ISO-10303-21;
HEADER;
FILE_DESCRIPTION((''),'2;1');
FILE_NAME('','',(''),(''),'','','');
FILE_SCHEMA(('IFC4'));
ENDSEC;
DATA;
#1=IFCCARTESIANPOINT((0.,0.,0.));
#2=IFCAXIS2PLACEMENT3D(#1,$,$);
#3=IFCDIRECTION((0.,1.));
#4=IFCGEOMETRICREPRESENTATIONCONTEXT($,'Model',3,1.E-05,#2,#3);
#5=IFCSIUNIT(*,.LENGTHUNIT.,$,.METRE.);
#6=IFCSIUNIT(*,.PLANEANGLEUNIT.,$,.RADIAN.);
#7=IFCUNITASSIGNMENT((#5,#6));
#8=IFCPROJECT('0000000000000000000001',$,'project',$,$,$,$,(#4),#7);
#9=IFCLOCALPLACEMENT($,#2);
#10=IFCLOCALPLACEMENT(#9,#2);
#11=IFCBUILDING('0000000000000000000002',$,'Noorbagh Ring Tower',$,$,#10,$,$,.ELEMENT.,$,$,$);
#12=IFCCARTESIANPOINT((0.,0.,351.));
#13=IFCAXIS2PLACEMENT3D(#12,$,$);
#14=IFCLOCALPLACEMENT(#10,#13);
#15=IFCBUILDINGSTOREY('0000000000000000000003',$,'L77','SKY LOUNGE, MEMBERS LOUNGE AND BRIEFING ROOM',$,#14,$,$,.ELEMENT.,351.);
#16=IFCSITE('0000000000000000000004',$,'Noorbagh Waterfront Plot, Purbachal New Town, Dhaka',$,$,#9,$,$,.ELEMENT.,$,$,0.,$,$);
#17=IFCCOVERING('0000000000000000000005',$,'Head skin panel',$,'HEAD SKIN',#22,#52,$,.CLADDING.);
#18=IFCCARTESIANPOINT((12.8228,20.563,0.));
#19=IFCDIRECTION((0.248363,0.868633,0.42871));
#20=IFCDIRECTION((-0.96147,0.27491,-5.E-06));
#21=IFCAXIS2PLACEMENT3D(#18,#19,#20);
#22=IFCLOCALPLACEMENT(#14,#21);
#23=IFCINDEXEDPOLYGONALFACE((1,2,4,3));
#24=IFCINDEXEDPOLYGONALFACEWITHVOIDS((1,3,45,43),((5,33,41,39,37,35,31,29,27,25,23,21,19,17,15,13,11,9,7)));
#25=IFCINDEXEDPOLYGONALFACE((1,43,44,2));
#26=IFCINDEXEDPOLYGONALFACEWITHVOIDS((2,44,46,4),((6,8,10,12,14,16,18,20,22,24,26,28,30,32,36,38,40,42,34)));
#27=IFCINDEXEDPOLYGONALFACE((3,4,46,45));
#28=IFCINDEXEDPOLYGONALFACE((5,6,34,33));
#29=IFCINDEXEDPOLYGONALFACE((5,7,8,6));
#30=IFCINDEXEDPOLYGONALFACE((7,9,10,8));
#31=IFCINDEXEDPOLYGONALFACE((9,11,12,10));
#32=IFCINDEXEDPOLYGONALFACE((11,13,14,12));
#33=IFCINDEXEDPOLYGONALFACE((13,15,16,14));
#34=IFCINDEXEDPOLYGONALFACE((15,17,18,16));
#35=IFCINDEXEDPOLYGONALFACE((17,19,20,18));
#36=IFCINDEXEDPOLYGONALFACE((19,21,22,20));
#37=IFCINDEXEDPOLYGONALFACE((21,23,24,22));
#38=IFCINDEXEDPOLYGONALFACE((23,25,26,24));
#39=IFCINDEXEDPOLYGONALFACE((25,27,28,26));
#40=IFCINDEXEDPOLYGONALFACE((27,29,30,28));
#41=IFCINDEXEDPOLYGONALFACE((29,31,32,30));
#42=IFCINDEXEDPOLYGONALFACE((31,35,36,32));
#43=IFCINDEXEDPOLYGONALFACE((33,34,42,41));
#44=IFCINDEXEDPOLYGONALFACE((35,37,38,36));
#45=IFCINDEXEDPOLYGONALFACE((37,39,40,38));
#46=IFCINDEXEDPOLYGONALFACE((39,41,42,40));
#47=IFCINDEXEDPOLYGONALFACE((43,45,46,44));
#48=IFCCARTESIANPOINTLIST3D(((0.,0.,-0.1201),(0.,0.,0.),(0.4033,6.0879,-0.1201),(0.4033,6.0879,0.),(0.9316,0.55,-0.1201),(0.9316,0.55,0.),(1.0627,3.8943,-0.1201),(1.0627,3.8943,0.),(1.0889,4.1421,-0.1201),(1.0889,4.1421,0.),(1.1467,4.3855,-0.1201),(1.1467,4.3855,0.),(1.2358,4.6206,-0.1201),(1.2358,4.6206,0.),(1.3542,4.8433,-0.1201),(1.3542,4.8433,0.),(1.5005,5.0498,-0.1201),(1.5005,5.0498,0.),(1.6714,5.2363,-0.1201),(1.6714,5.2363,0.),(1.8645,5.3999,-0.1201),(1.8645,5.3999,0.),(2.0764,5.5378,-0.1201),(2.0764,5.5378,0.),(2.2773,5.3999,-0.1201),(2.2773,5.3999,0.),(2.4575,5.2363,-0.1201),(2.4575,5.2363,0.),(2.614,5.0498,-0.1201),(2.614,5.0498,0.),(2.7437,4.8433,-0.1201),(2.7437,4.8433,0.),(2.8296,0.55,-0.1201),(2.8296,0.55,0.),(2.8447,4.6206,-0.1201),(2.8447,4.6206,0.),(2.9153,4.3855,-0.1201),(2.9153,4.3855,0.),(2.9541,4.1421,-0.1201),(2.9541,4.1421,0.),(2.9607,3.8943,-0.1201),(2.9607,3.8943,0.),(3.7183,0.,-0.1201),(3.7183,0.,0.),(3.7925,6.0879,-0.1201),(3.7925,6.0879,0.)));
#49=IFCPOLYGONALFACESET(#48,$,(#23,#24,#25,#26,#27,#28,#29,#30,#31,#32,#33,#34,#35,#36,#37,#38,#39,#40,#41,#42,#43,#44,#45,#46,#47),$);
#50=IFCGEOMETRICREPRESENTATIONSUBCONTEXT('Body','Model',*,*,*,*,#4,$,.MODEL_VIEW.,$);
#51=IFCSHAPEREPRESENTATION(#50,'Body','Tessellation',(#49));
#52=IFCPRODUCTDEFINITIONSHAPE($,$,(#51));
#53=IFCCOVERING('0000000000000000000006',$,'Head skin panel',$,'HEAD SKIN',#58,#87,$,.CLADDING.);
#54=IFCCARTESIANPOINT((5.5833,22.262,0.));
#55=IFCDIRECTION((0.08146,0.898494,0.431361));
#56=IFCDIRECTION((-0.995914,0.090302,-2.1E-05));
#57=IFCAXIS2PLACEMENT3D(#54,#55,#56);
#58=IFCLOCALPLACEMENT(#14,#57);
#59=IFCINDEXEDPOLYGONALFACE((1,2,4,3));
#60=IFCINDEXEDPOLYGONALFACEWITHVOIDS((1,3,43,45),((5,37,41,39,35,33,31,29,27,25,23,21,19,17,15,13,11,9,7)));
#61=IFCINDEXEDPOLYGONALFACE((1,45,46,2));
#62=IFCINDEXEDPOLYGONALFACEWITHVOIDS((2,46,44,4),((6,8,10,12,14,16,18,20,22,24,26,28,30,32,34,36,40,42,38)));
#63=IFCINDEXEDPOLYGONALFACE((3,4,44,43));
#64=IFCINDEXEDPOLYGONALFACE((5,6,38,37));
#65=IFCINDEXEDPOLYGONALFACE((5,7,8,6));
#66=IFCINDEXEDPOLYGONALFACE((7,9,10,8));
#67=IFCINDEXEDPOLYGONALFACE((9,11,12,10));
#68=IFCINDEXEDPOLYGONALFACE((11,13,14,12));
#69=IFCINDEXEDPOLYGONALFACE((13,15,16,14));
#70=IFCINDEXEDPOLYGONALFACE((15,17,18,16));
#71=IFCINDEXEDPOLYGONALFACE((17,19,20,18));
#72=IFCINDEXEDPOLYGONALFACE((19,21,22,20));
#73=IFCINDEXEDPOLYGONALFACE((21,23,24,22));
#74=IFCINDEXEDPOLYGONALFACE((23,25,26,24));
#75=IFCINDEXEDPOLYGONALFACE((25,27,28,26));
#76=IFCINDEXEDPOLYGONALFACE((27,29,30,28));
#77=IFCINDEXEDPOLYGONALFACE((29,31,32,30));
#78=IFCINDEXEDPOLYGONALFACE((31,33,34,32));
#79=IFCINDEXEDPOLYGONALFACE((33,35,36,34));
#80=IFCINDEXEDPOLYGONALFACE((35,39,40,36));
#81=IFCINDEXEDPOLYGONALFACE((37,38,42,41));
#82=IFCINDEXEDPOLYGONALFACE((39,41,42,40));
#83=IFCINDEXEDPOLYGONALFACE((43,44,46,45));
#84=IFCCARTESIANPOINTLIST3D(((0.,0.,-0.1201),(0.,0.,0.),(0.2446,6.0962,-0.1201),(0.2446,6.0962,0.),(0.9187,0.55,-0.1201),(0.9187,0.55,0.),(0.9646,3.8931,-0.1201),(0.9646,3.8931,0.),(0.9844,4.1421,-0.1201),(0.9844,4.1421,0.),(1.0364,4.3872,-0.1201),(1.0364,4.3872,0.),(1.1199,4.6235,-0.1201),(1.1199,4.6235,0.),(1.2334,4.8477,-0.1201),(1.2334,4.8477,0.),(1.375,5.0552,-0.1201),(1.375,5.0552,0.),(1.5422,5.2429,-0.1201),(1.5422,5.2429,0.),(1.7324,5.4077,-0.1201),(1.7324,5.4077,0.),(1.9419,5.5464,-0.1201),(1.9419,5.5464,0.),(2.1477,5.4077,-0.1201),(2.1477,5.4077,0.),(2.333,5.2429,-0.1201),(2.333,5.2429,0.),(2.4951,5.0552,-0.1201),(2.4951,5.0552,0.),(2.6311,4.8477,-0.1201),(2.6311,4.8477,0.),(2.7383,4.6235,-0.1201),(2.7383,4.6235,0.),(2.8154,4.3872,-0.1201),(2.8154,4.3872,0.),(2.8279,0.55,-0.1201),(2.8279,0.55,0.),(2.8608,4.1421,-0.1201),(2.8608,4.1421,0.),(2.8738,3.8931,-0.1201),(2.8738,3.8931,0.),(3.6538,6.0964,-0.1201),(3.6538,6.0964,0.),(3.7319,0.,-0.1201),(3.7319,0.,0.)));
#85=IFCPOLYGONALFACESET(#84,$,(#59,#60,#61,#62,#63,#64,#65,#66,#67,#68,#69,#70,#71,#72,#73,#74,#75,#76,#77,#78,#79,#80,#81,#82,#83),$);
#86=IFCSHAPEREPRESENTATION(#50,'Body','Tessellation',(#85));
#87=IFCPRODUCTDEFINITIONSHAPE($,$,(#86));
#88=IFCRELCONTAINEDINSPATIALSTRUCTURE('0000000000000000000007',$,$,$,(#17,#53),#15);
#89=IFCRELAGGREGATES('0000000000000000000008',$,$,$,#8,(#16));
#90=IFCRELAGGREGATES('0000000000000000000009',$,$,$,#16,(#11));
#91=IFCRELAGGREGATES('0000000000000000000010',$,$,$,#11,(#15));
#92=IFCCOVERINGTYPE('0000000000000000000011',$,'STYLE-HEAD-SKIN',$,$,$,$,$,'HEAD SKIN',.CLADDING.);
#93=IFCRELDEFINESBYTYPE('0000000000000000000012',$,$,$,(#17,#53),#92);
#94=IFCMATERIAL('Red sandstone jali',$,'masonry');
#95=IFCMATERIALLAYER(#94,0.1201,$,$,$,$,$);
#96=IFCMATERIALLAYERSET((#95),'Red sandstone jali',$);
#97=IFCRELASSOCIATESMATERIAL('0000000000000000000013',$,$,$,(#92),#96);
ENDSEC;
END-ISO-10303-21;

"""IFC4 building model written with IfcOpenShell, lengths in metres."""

from ifc_helpers import new_model, si_unit, direction, frame, origin, place, context, subcontext, project, spatial, polyline, outline, extrude, material, layer, layer_set, type_object, element, save


model = new_model("IFC4")

# Units and contexts
model_context = context("Model", 3, precision=1e-05, world=origin(), true_north=direction((0.0, 1.0)))
body_context = subcontext(model_context, "Body", "Model", "MODEL_VIEW")
ifc_project = project(units=[si_unit("LENGTHUNIT", "METRE"), si_unit("PLANEANGLEUNIT", "RADIAN")], contexts=[model_context])

# Site, building, storey
site_placement = place(None, origin())
site = spatial("IfcSite", under=ifc_project, at=site_placement, Name="Noorbagh Waterfront Plot, Purbachal New Town, Dhaka", CompositionType="ELEMENT", RefElevation=0.0)
building_placement = place(site_placement, origin())
building = spatial("IfcBuilding", under=site, at=building_placement, Name="Noorbagh Ring Tower", CompositionType="ELEMENT")
storey_placement = place(building_placement, frame((0.0, 0.0, 351.0)))
storey = spatial("IfcBuildingStorey", under=building, at=storey_placement, Name="L77", Description="SKY LOUNGE, MEMBERS LOUNGE AND BRIEFING ROOM", CompositionType="ELEMENT", Elevation=351.0)

# Coverings
ifc_material_1 = material(Name="Red sandstone jali", Category="masonry")
ifc_layer_1 = layer(ifc_material_1, 0.1201)
ifc_layer_set_1 = layer_set([ifc_layer_1], Name="Red sandstone jali")
covering_type_1 = type_object("IfcCoveringType", Name="STYLE-HEAD-SKIN", ElementType="HEAD SKIN", PredefinedType="CLADDING", material=ifc_layer_set_1)
covering_1_placement = place(storey_placement, frame((12.8228, 20.563, 0.0), z_axis=(0.248363, 0.868633, 0.42871), x_axis=(-0.96147, 0.27491, -0.000005)))
element("IfcCovering", 1, at=covering_1_placement, inside=storey, type_object=covering_type_1, Name="Head skin panel", ObjectType="HEAD SKIN", PredefinedType="CLADDING", context=body_context, shape_type="SweptSolid", body=[
    extrude(outline(polyline([(0.0, 0.0), (3.7183, 0.0), (3.7925, 6.0879), (0.4033, 6.0879), (0.0, 0.0)]), holes=[polyline([(0.9316, 0.55), (1.0627, 3.8943), (1.0889, 4.1421), (1.1467, 4.3855), (1.2358, 4.6206), (1.3542, 4.8433), (1.5005, 5.0498), (1.6714, 5.2363), (1.8645, 5.3999), (2.0764, 5.5378), (2.2773, 5.3999), (2.4575, 5.2363), (2.614, 5.0498), (2.7437, 4.8433), (2.8447, 4.6206), (2.9153, 4.3855), (2.9541, 4.1421), (2.9607, 3.8943), (2.8296, 0.55), (0.9316, 0.55)])]), origin(), (0.0, 0.0, -1.0), 0.1201),
])
covering_2_placement = place(storey_placement, frame((5.5833, 22.262, 0.0), z_axis=(0.08146, 0.898494, 0.431361), x_axis=(-0.995914, 0.090302, -0.000021)))
element("IfcCovering", 2, at=covering_2_placement, inside=storey, type_object=covering_type_1, Name="Head skin panel", ObjectType="HEAD SKIN", PredefinedType="CLADDING", context=body_context, shape_type="SweptSolid", body=[
    extrude(outline(polyline([(0.0, 0.0), (3.7319, 0.0), (3.6538, 6.0964), (0.2446, 6.0962), (0.0, 0.0)]), holes=[polyline([(0.9187, 0.55), (0.9646, 3.8931), (0.9844, 4.1421), (1.0364, 4.3872), (1.1199, 4.6235), (1.2334, 4.8477), (1.375, 5.0552), (1.5422, 5.2429), (1.7324, 5.4077), (1.9419, 5.5464), (2.1477, 5.4077), (2.333, 5.2429), (2.4951, 5.0552), (2.6311, 4.8477), (2.7383, 4.6235), (2.8154, 4.3872), (2.8608, 4.1421), (2.8738, 3.8931), (2.8279, 0.55), (0.9187, 0.55)])]), origin(), (0.0, 0.0, -1.0), 0.1201),
])

save(model, "model.ifc")
